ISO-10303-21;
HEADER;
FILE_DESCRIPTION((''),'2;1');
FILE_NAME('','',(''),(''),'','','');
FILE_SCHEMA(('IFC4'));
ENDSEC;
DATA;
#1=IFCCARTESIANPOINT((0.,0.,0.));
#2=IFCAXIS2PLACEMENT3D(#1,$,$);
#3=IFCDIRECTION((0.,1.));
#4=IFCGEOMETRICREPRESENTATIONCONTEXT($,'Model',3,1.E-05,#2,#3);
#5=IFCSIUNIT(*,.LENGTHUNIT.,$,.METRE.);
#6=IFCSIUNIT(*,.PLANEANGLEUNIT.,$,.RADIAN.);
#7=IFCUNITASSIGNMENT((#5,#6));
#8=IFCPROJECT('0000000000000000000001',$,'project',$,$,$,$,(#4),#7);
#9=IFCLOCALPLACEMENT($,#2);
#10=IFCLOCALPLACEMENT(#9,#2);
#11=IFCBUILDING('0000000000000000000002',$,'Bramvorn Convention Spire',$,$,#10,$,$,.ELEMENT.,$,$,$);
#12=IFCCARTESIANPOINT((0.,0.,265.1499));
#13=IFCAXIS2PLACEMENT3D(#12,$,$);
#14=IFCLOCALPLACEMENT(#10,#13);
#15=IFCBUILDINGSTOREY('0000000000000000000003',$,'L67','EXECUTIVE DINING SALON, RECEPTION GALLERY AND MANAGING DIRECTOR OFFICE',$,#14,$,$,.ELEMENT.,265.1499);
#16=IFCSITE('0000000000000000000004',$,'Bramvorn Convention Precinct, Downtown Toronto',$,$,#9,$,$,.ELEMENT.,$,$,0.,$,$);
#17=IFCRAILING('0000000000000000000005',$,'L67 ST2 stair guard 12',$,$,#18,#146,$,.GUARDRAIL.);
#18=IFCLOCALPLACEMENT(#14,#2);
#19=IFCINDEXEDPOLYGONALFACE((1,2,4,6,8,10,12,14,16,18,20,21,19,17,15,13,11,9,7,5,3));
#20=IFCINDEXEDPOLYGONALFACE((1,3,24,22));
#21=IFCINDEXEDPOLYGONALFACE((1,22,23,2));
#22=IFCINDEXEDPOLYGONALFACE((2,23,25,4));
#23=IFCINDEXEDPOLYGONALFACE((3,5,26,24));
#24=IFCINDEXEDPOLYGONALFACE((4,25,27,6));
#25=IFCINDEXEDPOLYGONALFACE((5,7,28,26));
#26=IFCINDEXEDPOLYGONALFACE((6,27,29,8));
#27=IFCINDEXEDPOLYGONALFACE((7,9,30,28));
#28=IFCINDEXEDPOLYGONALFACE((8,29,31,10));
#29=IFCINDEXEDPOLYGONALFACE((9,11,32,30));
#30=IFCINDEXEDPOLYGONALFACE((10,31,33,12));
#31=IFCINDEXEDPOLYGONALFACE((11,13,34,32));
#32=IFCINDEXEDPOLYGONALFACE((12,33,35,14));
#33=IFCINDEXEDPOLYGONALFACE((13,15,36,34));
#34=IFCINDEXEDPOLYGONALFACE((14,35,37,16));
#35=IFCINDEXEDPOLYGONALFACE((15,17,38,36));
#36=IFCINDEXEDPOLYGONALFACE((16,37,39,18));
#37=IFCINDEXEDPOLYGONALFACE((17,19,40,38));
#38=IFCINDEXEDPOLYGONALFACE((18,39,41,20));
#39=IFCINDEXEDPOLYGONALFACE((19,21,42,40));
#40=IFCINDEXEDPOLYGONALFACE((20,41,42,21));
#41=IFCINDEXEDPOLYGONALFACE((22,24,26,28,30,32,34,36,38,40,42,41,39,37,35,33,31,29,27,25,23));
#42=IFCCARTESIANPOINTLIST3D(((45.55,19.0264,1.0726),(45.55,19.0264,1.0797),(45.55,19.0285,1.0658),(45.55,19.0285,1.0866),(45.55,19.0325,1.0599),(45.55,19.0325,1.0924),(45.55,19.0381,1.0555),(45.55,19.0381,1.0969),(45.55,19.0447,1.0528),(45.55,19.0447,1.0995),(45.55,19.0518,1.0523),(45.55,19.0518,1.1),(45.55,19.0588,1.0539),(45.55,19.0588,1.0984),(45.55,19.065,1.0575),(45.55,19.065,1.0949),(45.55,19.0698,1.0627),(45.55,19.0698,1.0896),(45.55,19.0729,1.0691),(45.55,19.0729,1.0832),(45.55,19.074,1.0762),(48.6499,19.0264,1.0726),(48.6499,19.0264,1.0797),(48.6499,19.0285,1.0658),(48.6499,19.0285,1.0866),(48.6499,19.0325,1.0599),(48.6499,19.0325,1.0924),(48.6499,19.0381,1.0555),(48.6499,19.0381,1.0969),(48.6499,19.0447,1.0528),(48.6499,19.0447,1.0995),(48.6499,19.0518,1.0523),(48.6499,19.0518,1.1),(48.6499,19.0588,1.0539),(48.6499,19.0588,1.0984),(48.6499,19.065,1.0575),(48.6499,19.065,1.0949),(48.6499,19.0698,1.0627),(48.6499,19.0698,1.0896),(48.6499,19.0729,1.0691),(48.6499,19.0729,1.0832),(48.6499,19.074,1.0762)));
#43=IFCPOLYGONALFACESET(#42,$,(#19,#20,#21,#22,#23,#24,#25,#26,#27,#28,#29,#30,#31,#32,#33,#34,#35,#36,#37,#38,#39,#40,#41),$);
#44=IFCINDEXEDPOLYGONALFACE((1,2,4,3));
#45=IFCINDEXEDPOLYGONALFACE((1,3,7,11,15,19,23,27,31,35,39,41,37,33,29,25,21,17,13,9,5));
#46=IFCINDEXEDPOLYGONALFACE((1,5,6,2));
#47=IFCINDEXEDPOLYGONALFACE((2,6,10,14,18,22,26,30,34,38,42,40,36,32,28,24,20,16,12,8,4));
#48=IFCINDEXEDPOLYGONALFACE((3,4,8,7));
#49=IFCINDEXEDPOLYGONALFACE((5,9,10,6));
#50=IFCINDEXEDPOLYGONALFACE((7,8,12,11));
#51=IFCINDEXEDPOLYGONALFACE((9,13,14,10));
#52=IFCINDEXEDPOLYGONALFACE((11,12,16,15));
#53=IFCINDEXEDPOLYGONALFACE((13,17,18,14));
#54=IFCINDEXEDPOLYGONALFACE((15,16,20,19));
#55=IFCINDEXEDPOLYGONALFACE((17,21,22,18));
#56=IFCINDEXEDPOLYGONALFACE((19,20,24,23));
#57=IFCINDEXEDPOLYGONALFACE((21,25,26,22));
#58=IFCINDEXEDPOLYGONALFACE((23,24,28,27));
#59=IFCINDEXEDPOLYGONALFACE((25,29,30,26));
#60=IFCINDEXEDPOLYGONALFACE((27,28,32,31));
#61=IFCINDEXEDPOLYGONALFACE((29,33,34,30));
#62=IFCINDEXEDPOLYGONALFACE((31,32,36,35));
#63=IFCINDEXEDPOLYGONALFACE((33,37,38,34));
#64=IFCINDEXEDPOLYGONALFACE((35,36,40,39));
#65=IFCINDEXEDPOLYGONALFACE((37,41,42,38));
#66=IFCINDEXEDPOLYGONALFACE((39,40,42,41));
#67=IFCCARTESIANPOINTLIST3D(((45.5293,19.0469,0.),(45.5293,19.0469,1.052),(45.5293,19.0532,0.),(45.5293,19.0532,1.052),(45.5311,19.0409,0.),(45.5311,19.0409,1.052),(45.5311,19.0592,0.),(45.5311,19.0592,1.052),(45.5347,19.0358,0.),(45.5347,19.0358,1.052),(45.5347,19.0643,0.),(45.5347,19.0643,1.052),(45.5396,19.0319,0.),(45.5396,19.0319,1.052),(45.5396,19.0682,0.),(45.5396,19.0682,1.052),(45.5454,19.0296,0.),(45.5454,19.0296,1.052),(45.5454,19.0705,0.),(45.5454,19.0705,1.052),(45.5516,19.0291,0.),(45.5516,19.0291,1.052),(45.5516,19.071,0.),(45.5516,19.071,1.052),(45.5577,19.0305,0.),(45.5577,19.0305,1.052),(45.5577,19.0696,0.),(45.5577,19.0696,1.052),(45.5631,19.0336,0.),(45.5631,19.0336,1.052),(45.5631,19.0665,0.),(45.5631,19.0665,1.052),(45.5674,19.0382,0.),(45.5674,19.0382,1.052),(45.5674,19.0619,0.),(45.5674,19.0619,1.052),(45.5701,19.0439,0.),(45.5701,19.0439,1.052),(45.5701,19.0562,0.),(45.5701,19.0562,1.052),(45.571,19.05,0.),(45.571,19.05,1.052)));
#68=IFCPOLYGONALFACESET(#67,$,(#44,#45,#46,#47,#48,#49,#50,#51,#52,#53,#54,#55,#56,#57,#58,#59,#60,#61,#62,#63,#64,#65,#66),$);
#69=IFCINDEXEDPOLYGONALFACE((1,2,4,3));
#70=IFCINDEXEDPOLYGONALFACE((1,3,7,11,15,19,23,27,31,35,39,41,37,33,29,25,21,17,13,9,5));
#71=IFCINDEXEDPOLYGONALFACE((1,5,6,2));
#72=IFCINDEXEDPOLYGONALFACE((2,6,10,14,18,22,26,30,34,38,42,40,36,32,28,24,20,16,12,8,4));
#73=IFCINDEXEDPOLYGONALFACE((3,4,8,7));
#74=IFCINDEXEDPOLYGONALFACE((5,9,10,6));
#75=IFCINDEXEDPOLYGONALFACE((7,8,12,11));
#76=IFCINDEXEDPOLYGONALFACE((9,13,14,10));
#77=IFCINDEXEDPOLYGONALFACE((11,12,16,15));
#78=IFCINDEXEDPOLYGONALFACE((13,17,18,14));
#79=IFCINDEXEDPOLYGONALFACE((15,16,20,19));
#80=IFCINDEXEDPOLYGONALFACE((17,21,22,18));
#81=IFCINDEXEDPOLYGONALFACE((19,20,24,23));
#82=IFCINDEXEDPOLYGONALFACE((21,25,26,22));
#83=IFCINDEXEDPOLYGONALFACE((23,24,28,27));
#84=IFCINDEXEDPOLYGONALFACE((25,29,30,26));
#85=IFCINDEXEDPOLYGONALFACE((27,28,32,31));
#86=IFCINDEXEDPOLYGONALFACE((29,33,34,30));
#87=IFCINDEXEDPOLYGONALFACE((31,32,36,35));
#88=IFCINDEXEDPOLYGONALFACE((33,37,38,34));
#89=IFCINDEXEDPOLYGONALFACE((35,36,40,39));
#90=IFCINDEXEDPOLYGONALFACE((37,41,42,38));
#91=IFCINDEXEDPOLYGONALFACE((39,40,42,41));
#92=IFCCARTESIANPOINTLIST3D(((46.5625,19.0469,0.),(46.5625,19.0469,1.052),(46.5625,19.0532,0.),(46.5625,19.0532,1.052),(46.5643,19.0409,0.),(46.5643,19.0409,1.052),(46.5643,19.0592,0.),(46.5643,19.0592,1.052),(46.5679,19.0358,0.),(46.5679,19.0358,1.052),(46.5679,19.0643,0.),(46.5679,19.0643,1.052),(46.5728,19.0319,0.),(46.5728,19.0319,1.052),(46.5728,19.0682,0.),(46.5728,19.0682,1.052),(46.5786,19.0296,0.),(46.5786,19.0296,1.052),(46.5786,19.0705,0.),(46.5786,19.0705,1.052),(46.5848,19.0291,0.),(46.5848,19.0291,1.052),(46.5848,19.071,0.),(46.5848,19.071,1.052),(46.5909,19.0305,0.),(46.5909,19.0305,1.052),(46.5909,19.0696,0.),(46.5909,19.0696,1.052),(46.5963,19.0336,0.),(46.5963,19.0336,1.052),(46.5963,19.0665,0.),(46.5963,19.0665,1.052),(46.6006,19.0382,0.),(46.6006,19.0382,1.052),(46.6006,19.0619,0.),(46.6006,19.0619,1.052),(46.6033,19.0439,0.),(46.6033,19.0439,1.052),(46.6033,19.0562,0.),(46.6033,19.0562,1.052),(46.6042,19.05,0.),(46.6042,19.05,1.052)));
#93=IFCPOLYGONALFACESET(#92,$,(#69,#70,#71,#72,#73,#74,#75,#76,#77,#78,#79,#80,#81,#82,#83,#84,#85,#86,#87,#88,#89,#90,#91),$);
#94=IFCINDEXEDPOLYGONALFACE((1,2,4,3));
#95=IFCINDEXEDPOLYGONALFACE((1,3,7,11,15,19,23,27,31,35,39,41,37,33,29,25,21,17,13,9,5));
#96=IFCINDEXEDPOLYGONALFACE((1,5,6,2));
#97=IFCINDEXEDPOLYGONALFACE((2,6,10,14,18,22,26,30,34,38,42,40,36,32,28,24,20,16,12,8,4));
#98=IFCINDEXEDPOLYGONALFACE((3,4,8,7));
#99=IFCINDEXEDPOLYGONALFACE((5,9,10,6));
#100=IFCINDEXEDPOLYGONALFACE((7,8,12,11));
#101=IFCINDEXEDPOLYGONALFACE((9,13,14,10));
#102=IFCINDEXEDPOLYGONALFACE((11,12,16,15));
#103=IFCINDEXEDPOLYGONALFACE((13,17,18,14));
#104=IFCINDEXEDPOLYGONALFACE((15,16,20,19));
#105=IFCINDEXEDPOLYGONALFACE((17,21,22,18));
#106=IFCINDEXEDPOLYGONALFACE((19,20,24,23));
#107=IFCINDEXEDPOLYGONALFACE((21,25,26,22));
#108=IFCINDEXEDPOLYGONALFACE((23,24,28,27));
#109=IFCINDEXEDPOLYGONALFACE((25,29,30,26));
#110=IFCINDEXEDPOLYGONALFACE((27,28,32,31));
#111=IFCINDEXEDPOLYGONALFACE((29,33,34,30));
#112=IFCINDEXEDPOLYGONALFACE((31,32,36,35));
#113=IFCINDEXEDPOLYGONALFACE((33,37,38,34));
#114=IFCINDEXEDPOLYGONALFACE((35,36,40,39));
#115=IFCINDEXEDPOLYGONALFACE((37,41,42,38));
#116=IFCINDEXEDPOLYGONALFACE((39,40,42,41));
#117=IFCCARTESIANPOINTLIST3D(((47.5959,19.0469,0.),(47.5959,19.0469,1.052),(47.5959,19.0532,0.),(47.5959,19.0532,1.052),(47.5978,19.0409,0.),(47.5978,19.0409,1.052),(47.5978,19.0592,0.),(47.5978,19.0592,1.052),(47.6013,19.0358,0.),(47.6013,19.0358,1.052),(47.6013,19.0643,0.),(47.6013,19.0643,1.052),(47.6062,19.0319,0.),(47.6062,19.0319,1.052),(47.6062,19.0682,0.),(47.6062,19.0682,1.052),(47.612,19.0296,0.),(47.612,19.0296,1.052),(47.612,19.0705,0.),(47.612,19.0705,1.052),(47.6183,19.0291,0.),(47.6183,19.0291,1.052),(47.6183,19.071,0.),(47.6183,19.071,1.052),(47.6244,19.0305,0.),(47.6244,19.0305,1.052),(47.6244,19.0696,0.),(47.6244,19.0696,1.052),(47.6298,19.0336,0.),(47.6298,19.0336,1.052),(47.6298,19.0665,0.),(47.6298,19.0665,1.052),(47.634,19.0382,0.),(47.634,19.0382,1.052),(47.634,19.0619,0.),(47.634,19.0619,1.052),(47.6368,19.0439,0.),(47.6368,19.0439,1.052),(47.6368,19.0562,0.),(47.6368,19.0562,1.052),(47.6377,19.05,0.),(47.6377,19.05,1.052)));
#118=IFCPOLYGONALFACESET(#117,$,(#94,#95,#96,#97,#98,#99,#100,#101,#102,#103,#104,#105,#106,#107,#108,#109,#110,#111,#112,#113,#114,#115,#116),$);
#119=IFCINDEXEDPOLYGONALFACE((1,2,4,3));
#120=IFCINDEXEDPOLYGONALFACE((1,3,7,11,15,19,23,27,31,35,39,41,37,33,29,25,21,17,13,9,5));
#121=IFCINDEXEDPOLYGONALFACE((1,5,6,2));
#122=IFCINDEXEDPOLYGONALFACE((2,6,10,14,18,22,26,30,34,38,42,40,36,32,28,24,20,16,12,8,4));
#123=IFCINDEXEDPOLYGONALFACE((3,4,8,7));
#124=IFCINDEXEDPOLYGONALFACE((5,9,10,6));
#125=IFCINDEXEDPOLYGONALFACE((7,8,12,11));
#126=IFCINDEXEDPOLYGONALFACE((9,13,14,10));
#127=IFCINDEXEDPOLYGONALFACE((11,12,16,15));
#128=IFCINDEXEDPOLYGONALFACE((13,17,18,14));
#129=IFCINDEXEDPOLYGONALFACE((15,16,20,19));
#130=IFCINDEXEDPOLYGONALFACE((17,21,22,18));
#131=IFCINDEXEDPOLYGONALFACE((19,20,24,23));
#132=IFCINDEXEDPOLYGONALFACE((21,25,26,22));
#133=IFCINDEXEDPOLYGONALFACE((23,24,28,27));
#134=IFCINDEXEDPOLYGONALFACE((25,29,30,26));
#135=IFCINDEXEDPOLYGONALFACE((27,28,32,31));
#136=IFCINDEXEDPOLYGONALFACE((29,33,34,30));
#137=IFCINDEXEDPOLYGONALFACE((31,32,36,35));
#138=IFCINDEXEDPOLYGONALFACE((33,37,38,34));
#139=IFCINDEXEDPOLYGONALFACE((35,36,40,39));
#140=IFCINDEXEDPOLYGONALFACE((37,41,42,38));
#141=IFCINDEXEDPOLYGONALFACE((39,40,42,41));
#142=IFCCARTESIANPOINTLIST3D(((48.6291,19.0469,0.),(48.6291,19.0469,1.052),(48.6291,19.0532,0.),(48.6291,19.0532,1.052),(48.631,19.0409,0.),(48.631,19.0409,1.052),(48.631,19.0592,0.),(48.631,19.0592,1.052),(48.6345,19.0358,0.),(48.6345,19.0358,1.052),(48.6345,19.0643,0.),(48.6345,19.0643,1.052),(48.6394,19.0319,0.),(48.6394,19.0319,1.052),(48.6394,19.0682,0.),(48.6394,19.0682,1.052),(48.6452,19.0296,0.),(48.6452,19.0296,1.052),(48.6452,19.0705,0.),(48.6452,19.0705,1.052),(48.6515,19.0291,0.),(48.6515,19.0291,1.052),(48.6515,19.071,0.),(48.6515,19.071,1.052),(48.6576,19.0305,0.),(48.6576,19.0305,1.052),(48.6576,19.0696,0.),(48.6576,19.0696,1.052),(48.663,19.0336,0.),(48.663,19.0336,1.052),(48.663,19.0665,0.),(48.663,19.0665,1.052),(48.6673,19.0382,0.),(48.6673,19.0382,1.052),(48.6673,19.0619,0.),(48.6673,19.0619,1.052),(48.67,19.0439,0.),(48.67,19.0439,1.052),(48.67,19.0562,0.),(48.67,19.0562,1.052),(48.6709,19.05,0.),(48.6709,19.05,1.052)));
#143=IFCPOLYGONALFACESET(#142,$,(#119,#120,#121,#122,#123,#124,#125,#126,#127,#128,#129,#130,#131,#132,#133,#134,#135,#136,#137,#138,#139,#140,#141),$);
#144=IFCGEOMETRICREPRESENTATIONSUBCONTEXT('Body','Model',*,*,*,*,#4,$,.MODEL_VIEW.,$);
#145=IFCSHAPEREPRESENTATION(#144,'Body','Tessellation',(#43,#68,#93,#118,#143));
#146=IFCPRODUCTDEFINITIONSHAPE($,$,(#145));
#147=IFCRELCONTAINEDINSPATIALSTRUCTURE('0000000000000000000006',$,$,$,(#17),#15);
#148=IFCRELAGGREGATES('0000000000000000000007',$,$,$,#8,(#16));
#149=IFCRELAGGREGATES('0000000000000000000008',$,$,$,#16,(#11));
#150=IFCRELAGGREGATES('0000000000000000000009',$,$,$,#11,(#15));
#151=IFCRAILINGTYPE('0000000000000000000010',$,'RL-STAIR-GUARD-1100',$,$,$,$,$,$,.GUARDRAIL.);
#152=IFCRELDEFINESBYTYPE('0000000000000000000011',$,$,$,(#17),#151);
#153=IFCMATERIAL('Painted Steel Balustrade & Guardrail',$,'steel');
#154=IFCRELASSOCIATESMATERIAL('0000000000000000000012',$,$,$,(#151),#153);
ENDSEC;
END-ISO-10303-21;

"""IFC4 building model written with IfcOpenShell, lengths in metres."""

from ifc_helpers import new_model, si_unit, direction, frame, origin, origin_2d, place, context, subcontext, project, spatial, circle, extrude, material, type_object, element, save


model = new_model("IFC4")

# Units and contexts
model_context = context("Model", 3, precision=1e-05, world=origin(), true_north=direction((0.0, 1.0)))
body_context = subcontext(model_context, "Body", "Model", "MODEL_VIEW")
ifc_project = project(units=[si_unit("LENGTHUNIT", "METRE"), si_unit("PLANEANGLEUNIT", "RADIAN")], contexts=[model_context])

# Site, building, storey
site_placement = place(None, origin())
site = spatial("IfcSite", under=ifc_project, at=site_placement, Name="Bramvorn Convention Precinct, Downtown Toronto", CompositionType="ELEMENT", RefElevation=0.0)
building_placement = place(site_placement, origin())
building = spatial("IfcBuilding", under=site, at=building_placement, Name="Bramvorn Convention Spire", CompositionType="ELEMENT")
storey_placement = place(building_placement, frame((0.0, 0.0, 265.1499)))
storey = spatial("IfcBuildingStorey", under=building, at=storey_placement, Name="L67", Description="EXECUTIVE DINING SALON, RECEPTION GALLERY AND MANAGING DIRECTOR OFFICE", CompositionType="ELEMENT", Elevation=265.1499)

# Railing
ifc_material_1 = material(Name="Painted Steel Balustrade & Guardrail", Category="steel")
railing_type = type_object("IfcRailingType", Name="RL-STAIR-GUARD-1100", PredefinedType="GUARDRAIL", material=ifc_material_1)
railing_1_placement = place(storey_placement, frame((45.55, 19.05, 0.0)))
element("IfcRailing", 1, at=railing_1_placement, inside=storey, type_object=railing_type, Name="L67 ST2 stair guard 12", PredefinedType="GUARDRAIL", context=body_context, shape_type="SweptSolid", body=[
    extrude(circle(Radius=0.0239, at=origin_2d()), frame((0.0, 0.0, 1.0762), z_axis=(1.0, 0.0, 0.0), x_axis=(0.0, 1.0, 0.0)), (0.0, 0.0, 1.0), 3.0999),
    extrude(circle(Radius=0.021, at=origin_2d()), origin(), (0.0, 0.0, 1.0), 1.052),
    extrude(circle(Radius=0.021, at=origin_2d()), frame((1.0332, 0.0, 0.0)), (0.0, 0.0, 1.0), 1.052),
    extrude(circle(Radius=0.021, at=origin_2d()), frame((2.0667, 0.0, 0.0)), (0.0, 0.0, 1.0), 1.052),
    extrude(circle(Radius=0.021, at=origin_2d()), frame((3.0999, 0.0, 0.0)), (0.0, 0.0, 1.0), 1.052),
])

save(model, "model.ifc")
